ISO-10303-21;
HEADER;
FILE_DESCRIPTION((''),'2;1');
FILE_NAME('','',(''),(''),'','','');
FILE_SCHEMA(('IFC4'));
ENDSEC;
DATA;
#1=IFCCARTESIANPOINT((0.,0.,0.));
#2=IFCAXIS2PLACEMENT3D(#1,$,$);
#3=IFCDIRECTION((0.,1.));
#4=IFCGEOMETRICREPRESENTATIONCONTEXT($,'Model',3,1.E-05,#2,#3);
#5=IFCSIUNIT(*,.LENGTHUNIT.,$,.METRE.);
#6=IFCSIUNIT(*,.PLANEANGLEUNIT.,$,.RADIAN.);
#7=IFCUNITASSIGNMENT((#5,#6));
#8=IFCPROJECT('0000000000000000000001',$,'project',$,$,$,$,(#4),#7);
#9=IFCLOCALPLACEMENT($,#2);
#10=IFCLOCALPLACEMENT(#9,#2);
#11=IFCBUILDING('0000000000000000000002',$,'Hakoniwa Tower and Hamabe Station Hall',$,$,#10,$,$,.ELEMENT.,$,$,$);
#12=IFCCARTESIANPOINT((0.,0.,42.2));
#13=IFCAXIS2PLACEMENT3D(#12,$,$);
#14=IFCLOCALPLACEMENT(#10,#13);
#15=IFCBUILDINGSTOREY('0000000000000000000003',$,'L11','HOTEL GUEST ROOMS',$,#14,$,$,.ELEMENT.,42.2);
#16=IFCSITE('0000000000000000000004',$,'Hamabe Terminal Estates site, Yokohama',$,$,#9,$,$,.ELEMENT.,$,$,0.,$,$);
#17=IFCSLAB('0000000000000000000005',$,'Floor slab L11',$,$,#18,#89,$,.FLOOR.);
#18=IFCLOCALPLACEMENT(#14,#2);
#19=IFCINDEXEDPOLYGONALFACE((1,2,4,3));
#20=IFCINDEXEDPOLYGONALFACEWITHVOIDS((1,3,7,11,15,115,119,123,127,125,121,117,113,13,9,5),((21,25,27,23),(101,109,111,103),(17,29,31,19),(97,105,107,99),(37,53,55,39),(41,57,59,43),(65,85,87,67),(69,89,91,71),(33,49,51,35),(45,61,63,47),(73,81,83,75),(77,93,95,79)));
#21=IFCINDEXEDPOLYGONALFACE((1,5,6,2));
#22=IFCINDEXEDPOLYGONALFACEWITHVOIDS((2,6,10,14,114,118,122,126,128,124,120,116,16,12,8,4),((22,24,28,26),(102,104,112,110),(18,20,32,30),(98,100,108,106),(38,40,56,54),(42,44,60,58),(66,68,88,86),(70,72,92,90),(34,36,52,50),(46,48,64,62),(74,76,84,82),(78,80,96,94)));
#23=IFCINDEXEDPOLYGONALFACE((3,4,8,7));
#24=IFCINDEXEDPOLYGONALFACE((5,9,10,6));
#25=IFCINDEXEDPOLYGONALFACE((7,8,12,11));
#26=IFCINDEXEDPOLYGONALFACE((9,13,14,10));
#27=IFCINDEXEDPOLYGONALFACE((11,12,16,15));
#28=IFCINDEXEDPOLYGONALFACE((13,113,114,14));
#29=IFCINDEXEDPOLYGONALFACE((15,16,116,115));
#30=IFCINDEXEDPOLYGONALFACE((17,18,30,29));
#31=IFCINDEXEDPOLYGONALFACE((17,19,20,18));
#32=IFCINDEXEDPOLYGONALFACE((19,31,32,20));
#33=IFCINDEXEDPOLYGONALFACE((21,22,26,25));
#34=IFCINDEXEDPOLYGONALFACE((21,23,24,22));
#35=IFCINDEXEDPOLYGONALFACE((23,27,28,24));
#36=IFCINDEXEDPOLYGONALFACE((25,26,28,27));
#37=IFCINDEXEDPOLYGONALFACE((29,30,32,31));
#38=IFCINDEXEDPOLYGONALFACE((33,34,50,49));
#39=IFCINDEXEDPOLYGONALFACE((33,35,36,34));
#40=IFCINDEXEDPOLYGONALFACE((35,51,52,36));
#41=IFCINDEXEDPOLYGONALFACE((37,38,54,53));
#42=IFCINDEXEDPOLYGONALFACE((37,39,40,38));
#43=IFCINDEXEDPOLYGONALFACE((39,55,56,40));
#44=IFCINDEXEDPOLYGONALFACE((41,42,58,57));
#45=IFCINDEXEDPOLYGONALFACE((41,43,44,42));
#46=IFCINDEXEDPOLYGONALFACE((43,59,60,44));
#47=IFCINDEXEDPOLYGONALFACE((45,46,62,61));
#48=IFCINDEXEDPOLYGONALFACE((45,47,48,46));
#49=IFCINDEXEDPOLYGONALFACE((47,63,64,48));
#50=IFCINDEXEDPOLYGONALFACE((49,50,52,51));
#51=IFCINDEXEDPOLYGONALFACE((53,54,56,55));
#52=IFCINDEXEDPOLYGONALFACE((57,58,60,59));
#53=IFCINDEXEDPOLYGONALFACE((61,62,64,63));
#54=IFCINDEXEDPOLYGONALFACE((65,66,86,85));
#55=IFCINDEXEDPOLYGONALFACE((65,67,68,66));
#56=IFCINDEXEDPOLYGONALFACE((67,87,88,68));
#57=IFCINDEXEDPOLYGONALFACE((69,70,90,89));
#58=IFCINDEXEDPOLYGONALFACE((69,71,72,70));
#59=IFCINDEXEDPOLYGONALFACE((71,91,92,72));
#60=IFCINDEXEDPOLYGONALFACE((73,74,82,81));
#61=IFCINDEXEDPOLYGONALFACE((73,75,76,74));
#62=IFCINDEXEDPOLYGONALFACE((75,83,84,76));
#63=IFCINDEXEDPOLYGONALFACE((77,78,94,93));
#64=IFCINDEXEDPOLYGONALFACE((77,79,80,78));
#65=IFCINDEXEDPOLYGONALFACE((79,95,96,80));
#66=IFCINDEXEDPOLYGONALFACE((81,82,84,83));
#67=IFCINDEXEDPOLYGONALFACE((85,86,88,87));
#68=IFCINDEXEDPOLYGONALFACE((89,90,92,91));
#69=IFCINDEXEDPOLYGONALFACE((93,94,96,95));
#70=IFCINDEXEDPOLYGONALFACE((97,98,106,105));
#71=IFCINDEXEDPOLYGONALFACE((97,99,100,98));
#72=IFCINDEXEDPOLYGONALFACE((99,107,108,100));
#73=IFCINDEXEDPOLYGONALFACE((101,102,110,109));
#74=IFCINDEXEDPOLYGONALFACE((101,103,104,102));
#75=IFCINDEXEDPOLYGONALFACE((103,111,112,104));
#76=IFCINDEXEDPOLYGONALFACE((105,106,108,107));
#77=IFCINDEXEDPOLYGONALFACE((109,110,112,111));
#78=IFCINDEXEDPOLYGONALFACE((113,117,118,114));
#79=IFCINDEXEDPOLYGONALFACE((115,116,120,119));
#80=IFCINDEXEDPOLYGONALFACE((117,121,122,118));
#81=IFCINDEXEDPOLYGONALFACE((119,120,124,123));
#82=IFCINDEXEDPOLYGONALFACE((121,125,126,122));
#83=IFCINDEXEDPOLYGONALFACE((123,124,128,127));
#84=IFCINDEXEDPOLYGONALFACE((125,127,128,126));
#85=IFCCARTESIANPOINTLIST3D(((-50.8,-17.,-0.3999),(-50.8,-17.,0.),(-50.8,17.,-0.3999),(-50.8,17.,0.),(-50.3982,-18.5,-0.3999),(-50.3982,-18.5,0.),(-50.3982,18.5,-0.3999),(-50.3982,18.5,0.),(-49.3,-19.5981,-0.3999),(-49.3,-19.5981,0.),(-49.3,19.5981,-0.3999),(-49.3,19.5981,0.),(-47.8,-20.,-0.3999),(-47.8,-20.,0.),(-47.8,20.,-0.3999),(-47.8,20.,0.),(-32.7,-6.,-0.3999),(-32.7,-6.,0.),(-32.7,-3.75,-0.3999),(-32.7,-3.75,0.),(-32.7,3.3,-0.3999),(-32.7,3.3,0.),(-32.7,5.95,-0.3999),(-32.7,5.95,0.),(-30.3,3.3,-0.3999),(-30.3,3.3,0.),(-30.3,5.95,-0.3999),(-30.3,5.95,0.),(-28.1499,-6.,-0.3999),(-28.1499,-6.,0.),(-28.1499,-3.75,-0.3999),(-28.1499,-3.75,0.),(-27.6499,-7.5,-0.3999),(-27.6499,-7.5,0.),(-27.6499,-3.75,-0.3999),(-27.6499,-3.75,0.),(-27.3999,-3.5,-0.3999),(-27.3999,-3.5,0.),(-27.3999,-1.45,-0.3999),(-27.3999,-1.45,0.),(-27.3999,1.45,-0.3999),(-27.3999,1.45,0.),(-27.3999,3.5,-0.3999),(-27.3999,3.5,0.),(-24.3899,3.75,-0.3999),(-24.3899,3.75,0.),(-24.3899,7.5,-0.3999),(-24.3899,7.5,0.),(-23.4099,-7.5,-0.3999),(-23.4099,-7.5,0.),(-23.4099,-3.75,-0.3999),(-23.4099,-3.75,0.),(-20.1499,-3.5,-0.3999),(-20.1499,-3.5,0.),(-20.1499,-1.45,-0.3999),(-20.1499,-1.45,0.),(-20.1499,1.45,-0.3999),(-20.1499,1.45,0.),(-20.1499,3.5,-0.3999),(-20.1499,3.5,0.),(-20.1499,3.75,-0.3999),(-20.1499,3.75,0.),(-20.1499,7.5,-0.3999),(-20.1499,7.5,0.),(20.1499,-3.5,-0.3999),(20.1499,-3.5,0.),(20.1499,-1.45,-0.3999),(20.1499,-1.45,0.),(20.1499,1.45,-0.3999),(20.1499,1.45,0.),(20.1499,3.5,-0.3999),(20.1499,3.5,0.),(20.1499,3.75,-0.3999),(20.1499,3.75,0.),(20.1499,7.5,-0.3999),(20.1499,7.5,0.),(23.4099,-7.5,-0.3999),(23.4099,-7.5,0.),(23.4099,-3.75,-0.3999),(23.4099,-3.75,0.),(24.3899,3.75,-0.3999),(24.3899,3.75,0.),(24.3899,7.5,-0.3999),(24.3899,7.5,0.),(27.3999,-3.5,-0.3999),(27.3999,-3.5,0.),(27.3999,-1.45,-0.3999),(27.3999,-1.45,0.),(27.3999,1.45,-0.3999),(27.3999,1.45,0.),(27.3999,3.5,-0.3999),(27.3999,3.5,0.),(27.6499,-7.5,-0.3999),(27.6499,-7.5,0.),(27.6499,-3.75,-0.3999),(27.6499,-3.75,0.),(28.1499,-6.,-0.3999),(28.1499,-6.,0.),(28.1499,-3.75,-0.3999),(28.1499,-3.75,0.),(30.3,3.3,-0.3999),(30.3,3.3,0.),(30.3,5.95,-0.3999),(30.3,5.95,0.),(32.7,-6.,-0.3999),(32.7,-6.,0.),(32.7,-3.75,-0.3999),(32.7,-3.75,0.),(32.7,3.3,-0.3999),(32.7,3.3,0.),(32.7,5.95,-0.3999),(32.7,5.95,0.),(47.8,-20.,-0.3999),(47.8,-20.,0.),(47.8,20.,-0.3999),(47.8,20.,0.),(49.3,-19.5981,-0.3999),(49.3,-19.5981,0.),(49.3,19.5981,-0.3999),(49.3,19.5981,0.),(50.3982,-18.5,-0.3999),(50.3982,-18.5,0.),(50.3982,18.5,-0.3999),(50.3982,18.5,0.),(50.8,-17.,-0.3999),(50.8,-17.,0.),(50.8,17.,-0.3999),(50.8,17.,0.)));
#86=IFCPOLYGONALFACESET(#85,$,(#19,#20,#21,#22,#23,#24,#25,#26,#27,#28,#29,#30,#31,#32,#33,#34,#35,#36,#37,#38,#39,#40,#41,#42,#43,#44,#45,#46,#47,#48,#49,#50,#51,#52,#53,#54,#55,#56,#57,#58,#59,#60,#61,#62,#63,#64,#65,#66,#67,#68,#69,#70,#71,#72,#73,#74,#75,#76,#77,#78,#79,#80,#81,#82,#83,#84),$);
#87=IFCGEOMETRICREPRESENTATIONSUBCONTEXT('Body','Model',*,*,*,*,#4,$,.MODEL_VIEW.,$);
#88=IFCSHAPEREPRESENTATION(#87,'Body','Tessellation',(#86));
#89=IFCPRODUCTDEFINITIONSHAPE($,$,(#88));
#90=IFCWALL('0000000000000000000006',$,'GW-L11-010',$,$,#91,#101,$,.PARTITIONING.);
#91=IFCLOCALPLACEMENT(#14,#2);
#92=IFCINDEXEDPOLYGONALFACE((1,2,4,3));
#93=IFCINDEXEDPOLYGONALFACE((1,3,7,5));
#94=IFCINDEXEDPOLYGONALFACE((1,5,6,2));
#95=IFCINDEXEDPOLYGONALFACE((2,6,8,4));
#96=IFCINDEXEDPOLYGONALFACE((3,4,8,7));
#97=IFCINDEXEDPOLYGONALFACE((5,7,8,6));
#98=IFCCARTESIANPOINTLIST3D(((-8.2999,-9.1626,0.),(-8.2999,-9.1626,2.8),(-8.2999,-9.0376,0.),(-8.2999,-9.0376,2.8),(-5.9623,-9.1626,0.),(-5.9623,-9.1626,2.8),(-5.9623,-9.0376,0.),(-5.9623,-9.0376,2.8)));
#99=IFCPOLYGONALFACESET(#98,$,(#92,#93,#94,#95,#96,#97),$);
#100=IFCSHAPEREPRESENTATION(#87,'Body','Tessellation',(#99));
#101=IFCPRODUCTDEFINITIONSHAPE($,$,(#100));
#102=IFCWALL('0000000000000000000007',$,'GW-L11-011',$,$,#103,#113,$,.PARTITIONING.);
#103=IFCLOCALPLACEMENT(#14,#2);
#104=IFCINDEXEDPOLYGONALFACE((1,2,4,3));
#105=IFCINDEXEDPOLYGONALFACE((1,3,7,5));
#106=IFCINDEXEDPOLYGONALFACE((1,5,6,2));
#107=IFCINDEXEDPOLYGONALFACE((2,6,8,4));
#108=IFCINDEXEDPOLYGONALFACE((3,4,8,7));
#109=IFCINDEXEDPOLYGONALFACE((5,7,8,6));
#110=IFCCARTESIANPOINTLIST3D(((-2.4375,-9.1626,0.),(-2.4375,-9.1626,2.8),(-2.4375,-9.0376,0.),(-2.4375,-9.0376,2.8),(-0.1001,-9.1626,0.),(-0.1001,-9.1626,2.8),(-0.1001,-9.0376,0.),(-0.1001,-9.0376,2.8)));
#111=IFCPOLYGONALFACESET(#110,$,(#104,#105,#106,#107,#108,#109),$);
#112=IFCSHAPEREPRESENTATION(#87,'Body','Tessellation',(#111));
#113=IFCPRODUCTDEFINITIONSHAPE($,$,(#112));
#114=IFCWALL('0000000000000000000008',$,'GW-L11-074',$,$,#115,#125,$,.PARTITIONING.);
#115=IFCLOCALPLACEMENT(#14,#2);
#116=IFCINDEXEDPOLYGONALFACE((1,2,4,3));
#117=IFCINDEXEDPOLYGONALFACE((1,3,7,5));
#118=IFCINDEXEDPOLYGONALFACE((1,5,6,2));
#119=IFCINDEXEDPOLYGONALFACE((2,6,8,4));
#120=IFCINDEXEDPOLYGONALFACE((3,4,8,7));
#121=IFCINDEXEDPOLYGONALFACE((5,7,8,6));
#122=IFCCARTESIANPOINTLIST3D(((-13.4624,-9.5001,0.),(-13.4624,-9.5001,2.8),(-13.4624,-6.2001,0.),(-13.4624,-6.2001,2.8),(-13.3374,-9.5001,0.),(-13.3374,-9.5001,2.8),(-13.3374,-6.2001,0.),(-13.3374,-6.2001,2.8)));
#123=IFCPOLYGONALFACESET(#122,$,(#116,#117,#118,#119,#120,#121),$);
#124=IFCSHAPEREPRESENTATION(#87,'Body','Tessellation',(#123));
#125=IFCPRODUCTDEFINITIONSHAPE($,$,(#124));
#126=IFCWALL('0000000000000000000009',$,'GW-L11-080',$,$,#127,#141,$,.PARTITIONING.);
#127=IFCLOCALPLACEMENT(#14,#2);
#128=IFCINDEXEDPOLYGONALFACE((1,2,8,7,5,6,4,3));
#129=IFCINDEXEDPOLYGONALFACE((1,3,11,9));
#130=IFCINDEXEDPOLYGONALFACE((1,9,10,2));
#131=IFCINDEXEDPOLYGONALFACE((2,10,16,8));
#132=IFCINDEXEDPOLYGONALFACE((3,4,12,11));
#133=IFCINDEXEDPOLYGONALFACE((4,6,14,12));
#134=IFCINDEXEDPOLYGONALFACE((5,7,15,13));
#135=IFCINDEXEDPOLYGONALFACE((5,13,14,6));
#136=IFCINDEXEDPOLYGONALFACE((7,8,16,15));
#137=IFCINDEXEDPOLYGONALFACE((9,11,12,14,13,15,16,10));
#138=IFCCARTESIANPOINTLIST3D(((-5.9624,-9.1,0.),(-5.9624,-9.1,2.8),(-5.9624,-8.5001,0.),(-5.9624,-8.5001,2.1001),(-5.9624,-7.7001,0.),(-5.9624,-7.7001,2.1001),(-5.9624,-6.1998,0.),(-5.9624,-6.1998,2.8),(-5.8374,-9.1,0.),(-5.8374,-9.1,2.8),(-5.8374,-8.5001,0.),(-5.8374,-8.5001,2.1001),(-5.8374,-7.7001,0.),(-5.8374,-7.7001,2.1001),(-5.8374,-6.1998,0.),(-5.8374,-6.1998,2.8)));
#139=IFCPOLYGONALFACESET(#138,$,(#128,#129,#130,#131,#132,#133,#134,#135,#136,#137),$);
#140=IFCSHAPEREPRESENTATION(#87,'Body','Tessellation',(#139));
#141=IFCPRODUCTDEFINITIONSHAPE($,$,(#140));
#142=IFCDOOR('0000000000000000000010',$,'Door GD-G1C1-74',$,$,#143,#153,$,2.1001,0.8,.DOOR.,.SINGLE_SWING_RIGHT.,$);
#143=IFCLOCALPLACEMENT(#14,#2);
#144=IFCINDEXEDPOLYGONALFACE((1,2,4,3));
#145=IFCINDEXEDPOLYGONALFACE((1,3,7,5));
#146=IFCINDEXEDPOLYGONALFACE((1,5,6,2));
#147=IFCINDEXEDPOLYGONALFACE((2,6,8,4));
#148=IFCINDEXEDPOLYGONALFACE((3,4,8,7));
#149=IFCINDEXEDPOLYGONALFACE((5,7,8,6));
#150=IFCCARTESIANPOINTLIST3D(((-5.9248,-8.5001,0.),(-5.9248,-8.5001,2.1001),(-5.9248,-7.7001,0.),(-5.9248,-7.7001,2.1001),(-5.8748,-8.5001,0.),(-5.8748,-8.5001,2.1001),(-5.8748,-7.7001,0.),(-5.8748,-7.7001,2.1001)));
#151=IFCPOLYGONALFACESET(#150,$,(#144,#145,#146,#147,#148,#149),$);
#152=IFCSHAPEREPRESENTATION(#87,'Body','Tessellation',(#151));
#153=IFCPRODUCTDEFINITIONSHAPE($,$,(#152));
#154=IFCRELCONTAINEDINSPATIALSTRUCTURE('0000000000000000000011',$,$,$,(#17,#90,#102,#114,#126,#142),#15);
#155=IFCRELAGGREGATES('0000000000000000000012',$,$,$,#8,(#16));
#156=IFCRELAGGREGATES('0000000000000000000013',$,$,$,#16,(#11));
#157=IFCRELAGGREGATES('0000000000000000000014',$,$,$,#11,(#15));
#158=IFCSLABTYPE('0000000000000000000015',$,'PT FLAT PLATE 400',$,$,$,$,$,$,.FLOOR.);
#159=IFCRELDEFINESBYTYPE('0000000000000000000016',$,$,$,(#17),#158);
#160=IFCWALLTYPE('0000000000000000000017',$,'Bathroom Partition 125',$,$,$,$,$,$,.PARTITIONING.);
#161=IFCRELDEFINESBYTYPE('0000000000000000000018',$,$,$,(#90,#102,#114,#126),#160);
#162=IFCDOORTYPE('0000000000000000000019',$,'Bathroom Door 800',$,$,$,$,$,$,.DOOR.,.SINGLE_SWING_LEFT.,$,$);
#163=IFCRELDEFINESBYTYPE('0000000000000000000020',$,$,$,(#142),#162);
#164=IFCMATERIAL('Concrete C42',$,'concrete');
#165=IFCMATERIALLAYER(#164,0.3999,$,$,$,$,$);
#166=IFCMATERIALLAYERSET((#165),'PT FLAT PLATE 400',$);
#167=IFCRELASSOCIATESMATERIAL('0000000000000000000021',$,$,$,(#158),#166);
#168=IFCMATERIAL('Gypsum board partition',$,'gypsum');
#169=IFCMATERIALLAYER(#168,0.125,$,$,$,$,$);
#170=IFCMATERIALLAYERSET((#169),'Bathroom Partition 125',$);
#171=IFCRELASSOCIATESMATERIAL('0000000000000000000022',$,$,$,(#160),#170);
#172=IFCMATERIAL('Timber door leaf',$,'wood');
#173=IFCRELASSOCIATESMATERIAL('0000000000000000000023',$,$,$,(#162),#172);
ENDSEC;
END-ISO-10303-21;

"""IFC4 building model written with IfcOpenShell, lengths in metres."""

from ifc_helpers import new_model, si_unit, direction, frame, frame_2d, origin, place, context, subcontext, project, spatial, polyline, rectangle, outline, extrude, material, layer, layer_set, type_object, element, fill, save


model = new_model("IFC4")

# Units and contexts
model_context = context("Model", 3, precision=1e-05, world=origin(), true_north=direction((0.0, 1.0)))
body_context = subcontext(model_context, "Body", "Model", "MODEL_VIEW")
ifc_project = project(units=[si_unit("LENGTHUNIT", "METRE"), si_unit("PLANEANGLEUNIT", "RADIAN")], contexts=[model_context])

# Site, building, storey
site_placement = place(None, origin())
site = spatial("IfcSite", under=ifc_project, at=site_placement, Name="Hamabe Terminal Estates site, Yokohama", CompositionType="ELEMENT", RefElevation=0.0)
building_placement = place(site_placement, origin())
building = spatial("IfcBuilding", under=site, at=building_placement, Name="Hakoniwa Tower and Hamabe Station Hall", CompositionType="ELEMENT")
storey_placement = place(building_placement, frame((0.0, 0.0, 42.2)))
storey = spatial("IfcBuildingStorey", under=building, at=storey_placement, Name="L11", Description="HOTEL GUEST ROOMS", CompositionType="ELEMENT", Elevation=42.2)

# Slab
ifc_material_1 = material(Name="Concrete C42", Category="concrete")
ifc_layer_1 = layer(ifc_material_1, 0.3999)
ifc_layer_set_1 = layer_set([ifc_layer_1], Name="PT FLAT PLATE 400")
slab_type = type_object("IfcSlabType", Name="PT FLAT PLATE 400", PredefinedType="FLOOR", material=ifc_layer_set_1)
slab_placement = place(storey_placement, frame((0.0, 0.0, -0.3999)))
element("IfcSlab", 1, at=slab_placement, inside=storey, type_object=slab_type, Name="Floor slab L11", PredefinedType="FLOOR", context=body_context, shape_type="SweptSolid", body=[
    extrude(outline(polyline([(50.8, -17.0), (50.8, 17.0), (50.3982, 18.5), (49.3, 19.5981), (47.8, 20.0), (-47.8, 20.0), (-49.3, 19.5981), (-50.3982, 18.5), (-50.8, 17.0), (-50.8, -17.0), (-50.3982, -18.5), (-49.3, -19.5981), (-47.8, -20.0), (47.8, -20.0), (49.3, -19.5981), (50.3982, -18.5), (50.8, -17.0)]), holes=[polyline([(-27.3999, 1.45), (-27.3999, 3.5), (-20.1499, 3.5), (-20.1499, 1.45), (-27.3999, 1.45)]), polyline([(-27.3999, -3.5), (-27.3999, -1.45), (-20.1499, -1.45), (-20.1499, -3.5), (-27.3999, -3.5)]), polyline([(-32.7, 3.3), (-32.7, 5.95), (-30.3, 5.95), (-30.3, 3.3), (-32.7, 3.3)]), polyline([(-32.7, -6.0), (-32.7, -3.75), (-28.1499, -3.75), (-28.1499, -6.0), (-32.7, -6.0)]), polyline([(-24.3899, 3.75), (-24.3899, 7.5), (-20.1499, 7.5), (-20.1499, 3.75), (-24.3899, 3.75)]), polyline([(-27.6499, -7.5), (-27.6499, -3.75), (-23.4099, -3.75), (-23.4099, -7.5), (-27.6499, -7.5)]), polyline([(20.1499, 1.45), (20.1499, 3.5), (27.3999, 3.5), (27.3999, 1.45), (20.1499, 1.45)]), polyline([(20.1499, -3.5), (20.1499, -1.45), (27.3999, -1.45), (27.3999, -3.5), (20.1499, -3.5)]), polyline([(30.3, 3.3), (30.3, 5.95), (32.7, 5.95), (32.7, 3.3), (30.3, 3.3)]), polyline([(28.1499, -6.0), (28.1499, -3.75), (32.7, -3.75), (32.7, -6.0), (28.1499, -6.0)]), polyline([(20.1499, 3.75), (20.1499, 7.5), (24.3899, 7.5), (24.3899, 3.75), (20.1499, 3.75)]), polyline([(23.4099, -7.5), (23.4099, -3.75), (27.6499, -3.75), (27.6499, -7.5), (23.4099, -7.5)])]), origin(), (0.0, 0.0, 1.0), 0.3999),
])

# Walls
ifc_material_2 = material(Name="Gypsum board partition", Category="gypsum")
ifc_layer_2 = layer(ifc_material_2, 0.125)
ifc_layer_set_2 = layer_set([ifc_layer_2], Name="Bathroom Partition 125")
wall_type_1 = type_object("IfcWallType", Name="Bathroom Partition 125", PredefinedType="PARTITIONING", material=ifc_layer_set_2)
wall_1_placement = place(storey_placement, frame((-8.3, -9.1001, 0.0), z_axis=(0.0, 0.0, 1.0), x_axis=(1.0, 0.0, 0.0)))
element("IfcWall", 2, at=wall_1_placement, inside=storey, type_object=wall_type_1, Name="GW-L11-010", PredefinedType="PARTITIONING", context=body_context, shape_type="SweptSolid", body=[
    extrude(rectangle(XDim=2.3376, YDim=0.125, at=frame_2d((1.1689, 0.0))), origin(), (0.0, 0.0, 1.0), 2.8),
])
wall_2_placement = place(storey_placement, frame((-2.4375, -9.1001, 0.0), z_axis=(0.0, 0.0, 1.0), x_axis=(1.0, 0.0, 0.0)))
element("IfcWall", 3, at=wall_2_placement, inside=storey, type_object=wall_type_1, Name="GW-L11-011", PredefinedType="PARTITIONING", context=body_context, shape_type="SweptSolid", body=[
    extrude(rectangle(XDim=2.3374, YDim=0.125, at=frame_2d((1.1687, 0.0))), origin(), (0.0, 0.0, 1.0), 2.8),
])
wall_3_placement = place(storey_placement, frame((-13.3999, -9.5, 0.0), z_axis=(0.0, 0.0, 1.0), x_axis=(0.0, 1.0, 0.0)))
element("IfcWall", 4, at=wall_3_placement, inside=storey, type_object=wall_type_1, Name="GW-L11-074", PredefinedType="PARTITIONING", context=body_context, shape_type="SweptSolid", body=[
    extrude(rectangle(XDim=3.3, YDim=0.125, at=frame_2d((1.6499, 0.0))), origin(), (0.0, 0.0, 1.0), 2.8),
])

# Wall, opening, door
wall_4_placement = place(storey_placement, frame((-5.8999, -9.1001, 0.0), z_axis=(0.0, 0.0, 1.0), x_axis=(0.0, 1.0, 0.0)))
wall_4 = element("IfcWall", 5, at=wall_4_placement, inside=storey, type_object=wall_type_1, Name="GW-L11-080", PredefinedType="PARTITIONING", context=body_context, shape_type="SweptSolid", body=[
    extrude(rectangle(XDim=2.9001, YDim=0.125, at=frame_2d((1.4502, 0.0))), origin(), (0.0, 0.0, 1.0), 2.8),
])
opening_1_placement = place(wall_4_placement, frame((0.6001, 0.0, 0.0)))
opening_1 = element("IfcOpeningElement", 6, at=opening_1_placement, cuts=wall_4, PredefinedType="OPENING", context=body_context, shape_type="SweptSolid", body=[
    extrude(rectangle(XDim=0.8, YDim=2.1001, at=frame_2d((0.3999, 1.05))), frame((0.0, 0.0725, 0.0), z_axis=(0.0, -1.0, 0.0), x_axis=(1.0, 0.0, 0.0)), (0.0, 0.0, 1.0), 0.145),
])
ifc_material_3 = material(Name="Timber door leaf", Category="wood")
door_type = type_object("IfcDoorType", Name="Bathroom Door 800", OperationType="SINGLE_SWING_LEFT", PredefinedType="DOOR", material=ifc_material_3)
door_1_placement = place(opening_1_placement, origin())
door_1 = element("IfcDoor", 7, at=door_1_placement, inside=storey, type_object=door_type, Name="Door GD-G1C1-74", OperationType="SINGLE_SWING_RIGHT", OverallHeight=2.1001, OverallWidth=0.8, PredefinedType="DOOR", context=body_context, shape_type="SweptSolid", body=[
    extrude(rectangle(XDim=0.8, YDim=2.1001, at=frame_2d((0.3999, 1.05))), frame((0.0, 0.0249, 0.0), z_axis=(0.0, -1.0, 0.0), x_axis=(1.0, 0.0, 0.0)), (0.0, 0.0, 1.0), 0.05),
])
fill(opening_1, door_1)

save(model, "model.ifc")
